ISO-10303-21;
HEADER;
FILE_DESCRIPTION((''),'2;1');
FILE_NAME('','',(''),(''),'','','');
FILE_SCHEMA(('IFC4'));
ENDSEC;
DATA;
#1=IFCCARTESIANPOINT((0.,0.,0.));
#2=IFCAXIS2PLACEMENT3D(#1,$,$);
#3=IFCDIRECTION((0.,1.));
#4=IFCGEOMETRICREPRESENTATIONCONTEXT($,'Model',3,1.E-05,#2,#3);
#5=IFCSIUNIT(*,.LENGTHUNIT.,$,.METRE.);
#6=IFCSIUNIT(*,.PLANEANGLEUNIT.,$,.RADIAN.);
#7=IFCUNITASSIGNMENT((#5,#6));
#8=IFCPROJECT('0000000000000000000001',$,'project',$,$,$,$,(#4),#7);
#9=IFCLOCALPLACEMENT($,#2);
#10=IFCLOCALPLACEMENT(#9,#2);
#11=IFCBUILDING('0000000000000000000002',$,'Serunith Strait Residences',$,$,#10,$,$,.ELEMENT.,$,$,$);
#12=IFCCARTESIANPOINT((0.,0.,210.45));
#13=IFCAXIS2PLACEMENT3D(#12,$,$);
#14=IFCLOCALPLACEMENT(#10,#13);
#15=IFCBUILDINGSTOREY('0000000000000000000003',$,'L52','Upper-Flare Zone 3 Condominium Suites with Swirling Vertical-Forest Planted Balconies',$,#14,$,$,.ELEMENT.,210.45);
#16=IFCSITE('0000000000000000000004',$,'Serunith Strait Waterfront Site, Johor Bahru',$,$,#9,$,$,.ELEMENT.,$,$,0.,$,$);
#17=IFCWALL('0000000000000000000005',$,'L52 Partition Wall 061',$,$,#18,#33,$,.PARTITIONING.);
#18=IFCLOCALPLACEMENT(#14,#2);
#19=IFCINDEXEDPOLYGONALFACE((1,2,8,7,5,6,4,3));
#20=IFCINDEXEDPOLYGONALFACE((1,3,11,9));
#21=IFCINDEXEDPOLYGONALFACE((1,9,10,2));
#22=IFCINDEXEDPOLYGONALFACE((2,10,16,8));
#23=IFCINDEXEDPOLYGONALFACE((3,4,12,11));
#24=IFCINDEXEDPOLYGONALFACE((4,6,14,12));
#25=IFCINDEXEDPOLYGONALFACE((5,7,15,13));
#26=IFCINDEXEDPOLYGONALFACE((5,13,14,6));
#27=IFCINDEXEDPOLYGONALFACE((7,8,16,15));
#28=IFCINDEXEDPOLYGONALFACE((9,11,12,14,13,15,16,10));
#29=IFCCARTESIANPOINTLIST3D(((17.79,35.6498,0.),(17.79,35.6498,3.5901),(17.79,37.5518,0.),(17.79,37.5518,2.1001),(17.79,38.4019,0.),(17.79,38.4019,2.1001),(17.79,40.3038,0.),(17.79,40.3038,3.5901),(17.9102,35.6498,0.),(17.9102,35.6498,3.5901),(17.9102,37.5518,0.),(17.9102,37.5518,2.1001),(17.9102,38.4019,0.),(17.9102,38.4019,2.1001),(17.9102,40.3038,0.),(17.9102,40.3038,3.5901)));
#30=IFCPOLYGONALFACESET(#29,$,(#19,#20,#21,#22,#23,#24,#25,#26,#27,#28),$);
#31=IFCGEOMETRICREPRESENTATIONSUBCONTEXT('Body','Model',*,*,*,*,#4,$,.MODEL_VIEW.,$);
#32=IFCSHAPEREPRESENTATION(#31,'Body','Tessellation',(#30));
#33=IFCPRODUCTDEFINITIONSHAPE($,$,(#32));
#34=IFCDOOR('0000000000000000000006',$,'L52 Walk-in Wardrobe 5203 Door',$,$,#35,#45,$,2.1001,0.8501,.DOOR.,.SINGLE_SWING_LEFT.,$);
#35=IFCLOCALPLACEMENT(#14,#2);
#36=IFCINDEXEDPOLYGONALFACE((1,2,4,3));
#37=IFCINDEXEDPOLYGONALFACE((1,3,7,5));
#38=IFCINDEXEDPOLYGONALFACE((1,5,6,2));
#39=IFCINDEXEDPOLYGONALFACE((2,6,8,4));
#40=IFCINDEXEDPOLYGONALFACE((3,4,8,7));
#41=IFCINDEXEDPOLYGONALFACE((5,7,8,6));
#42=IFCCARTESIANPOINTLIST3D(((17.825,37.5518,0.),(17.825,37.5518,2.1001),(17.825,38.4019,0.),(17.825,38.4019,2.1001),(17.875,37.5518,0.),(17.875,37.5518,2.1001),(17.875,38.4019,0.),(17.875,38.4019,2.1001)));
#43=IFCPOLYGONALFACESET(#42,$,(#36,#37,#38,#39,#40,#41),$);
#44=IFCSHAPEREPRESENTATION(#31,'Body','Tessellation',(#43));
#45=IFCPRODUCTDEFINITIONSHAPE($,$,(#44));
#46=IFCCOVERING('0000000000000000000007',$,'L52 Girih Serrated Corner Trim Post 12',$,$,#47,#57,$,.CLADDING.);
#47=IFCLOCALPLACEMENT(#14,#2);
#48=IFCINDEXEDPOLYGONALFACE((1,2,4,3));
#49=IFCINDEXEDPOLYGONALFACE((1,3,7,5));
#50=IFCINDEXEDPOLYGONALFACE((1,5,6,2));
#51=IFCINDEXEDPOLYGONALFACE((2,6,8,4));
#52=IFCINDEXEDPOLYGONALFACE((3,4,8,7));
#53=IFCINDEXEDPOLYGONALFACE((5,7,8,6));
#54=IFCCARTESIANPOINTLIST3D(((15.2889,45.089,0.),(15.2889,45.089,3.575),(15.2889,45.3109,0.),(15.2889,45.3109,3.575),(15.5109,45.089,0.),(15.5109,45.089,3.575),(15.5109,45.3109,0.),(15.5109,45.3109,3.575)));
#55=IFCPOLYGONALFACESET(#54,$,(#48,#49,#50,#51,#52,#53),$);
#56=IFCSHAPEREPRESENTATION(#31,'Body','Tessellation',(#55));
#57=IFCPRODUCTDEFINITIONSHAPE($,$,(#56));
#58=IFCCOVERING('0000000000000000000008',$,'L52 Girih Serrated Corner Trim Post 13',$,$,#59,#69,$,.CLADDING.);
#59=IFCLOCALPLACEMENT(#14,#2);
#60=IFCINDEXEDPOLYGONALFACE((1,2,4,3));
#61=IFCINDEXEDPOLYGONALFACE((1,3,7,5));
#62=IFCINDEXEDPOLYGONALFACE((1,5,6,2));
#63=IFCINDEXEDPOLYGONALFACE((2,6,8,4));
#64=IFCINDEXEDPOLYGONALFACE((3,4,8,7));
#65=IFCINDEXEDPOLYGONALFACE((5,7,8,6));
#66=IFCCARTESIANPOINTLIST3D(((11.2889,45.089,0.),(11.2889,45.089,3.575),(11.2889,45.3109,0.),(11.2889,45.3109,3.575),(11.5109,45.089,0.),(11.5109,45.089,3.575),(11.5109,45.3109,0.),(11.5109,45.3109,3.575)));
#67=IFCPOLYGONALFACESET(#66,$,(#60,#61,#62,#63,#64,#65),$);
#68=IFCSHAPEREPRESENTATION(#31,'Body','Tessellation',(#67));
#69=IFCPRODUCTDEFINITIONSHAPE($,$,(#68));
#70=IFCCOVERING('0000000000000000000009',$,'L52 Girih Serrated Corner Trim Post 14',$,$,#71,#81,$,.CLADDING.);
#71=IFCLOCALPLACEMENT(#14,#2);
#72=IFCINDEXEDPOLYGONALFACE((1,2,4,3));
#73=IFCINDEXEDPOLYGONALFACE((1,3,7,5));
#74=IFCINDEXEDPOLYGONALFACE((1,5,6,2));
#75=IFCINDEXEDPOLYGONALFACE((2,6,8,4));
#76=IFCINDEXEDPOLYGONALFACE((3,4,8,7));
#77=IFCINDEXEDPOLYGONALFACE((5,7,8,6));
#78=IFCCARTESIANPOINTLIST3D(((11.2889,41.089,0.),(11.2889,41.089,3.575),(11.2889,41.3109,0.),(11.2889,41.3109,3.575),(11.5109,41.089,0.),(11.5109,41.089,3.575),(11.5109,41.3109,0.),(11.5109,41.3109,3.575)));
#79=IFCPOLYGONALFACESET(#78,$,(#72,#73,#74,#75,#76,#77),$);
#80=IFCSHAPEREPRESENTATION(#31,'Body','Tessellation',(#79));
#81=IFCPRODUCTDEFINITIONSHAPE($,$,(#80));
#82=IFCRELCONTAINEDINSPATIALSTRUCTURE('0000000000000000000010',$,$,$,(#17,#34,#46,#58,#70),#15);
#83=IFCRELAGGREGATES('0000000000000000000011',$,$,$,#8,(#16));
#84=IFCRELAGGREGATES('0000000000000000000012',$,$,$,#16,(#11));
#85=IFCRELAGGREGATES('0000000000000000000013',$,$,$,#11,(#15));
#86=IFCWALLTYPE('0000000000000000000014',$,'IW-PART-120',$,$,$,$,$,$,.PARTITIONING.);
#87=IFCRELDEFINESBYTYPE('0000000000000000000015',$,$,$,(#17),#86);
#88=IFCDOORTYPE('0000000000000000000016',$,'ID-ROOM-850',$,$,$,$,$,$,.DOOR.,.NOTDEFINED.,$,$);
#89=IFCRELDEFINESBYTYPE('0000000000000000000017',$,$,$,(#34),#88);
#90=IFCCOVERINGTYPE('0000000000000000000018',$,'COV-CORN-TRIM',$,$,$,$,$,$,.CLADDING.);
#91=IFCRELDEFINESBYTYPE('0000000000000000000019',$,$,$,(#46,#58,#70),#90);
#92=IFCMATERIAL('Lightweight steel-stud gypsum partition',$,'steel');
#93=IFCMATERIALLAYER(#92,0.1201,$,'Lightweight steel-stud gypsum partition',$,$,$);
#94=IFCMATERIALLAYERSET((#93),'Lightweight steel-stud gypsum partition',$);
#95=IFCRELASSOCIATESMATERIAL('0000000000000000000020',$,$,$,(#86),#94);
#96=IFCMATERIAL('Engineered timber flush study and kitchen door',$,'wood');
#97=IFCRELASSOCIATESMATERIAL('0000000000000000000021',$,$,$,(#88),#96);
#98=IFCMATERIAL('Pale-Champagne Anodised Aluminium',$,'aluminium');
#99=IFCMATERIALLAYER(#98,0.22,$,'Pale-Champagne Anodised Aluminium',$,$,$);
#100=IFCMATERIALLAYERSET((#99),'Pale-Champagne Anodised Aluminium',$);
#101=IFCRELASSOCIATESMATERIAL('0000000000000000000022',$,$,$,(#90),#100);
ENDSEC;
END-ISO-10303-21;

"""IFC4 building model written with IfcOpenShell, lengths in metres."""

from ifc_helpers import new_model, si_unit, direction, frame, frame_2d, origin, origin_2d, place, context, subcontext, project, spatial, rectangle, extrude, source, transform, mapped, material, layer, layer_set, type_object, element, fill, save


model = new_model("IFC4")

# Units and contexts
model_context = context("Model", 3, precision=1e-05, world=origin(), true_north=direction((0.0, 1.0)))
body_context = subcontext(model_context, "Body", "Model", "MODEL_VIEW")
ifc_project = project(units=[si_unit("LENGTHUNIT", "METRE"), si_unit("PLANEANGLEUNIT", "RADIAN")], contexts=[model_context])

# Site, building, storey
site_placement = place(None, origin())
site = spatial("IfcSite", under=ifc_project, at=site_placement, Name="Serunith Strait Waterfront Site, Johor Bahru", CompositionType="ELEMENT", RefElevation=0.0)
building_placement = place(site_placement, origin())
building = spatial("IfcBuilding", under=site, at=building_placement, Name="Serunith Strait Residences", CompositionType="ELEMENT")
storey_placement = place(building_placement, frame((0.0, 0.0, 210.45)))
storey = spatial("IfcBuildingStorey", under=building, at=storey_placement, Name="L52", Description="Upper-Flare Zone 3 Condominium Suites with Swirling Vertical-Forest Planted Balconies", CompositionType="ELEMENT", Elevation=210.45)

# Shared definitions
ifc_material_1 = material(Name="Pale-Champagne Anodised Aluminium", Category="aluminium")

# Shared definitions
ifc_material_2 = material(Name="Lightweight steel-stud gypsum partition", Category="steel")
ifc_layer_1 = layer(ifc_material_2, 0.1201, Name="Lightweight steel-stud gypsum partition")
ifc_layer_set_1 = layer_set([ifc_layer_1], Name="Lightweight steel-stud gypsum partition")
wall_type_1 = type_object("IfcWallType", Name="IW-PART-120", PredefinedType="PARTITIONING", material=ifc_layer_set_1)

# Wall, opening, door
wall_1_placement = place(storey_placement, frame((17.8501, 40.304, 0.0), z_axis=(0.0, 0.0, 1.0), x_axis=(0.0, -1.0, 0.0)))
wall_1 = element("IfcWall", 1, at=wall_1_placement, inside=storey, type_object=wall_type_1, Name="L52 Partition Wall 061", PredefinedType="PARTITIONING", context=body_context, shape_type="SweptSolid", body=[
    extrude(rectangle(XDim=4.6541, YDim=0.1201, at=frame_2d((2.3271, 0.0))), origin(), (0.0, 0.0, 1.0), 3.5901),
])
opening_1_placement = place(wall_1_placement, frame((1.9021, 0.0, 0.0)))
opening_1 = element("IfcOpeningElement", 2, at=opening_1_placement, cuts=wall_1, PredefinedType="OPENING", context=body_context, shape_type="SweptSolid", body=[
    extrude(rectangle(XDim=0.8501, YDim=2.1001, at=frame_2d((0.425, 1.05))), frame((0.0, 0.0701, 0.0), z_axis=(0.0, -1.0, 0.0), x_axis=(1.0, 0.0, 0.0)), (0.0, 0.0, 1.0), 0.1401),
])
ifc_material_3 = material(Name="Engineered timber flush study and kitchen door", Category="wood")
door_type_1 = type_object("IfcDoorType", Name="ID-ROOM-850", OperationType="NOTDEFINED", PredefinedType="DOOR", material=ifc_material_3)
shared_shape_1 = source(origin(), body_context, "Body", "SweptSolid", [
    extrude(rectangle(XDim=0.8501, YDim=2.1001, at=frame_2d((0.425, 1.05))), frame((0.0, 0.0249, 0.0), z_axis=(0.0, -1.0, 0.0), x_axis=(1.0, 0.0, 0.0)), (0.0, 0.0, 1.0), 0.05),
])
door_1_placement = place(opening_1_placement, origin())
door_1 = element("IfcDoor", 3, at=door_1_placement, inside=storey, type_object=door_type_1, Name="L52 Walk-in Wardrobe 5203 Door", OperationType="SINGLE_SWING_LEFT", OverallHeight=2.1001, OverallWidth=0.8501, PredefinedType="DOOR", context=body_context, shape_type="MappedRepresentation", body=[
    mapped(shared_shape_1, transform((0.0, 0.0, 0.0), scale=1.0)),
])
fill(opening_1, door_1)

# Coverings
ifc_layer_2 = layer(ifc_material_1, 0.22, Name="Pale-Champagne Anodised Aluminium")
ifc_layer_set_2 = layer_set([ifc_layer_2], Name="Pale-Champagne Anodised Aluminium")
covering_type = type_object("IfcCoveringType", Name="COV-CORN-TRIM", PredefinedType="CLADDING", material=ifc_layer_set_2)
shared_shape_2 = source(origin(), body_context, "Body", "SweptSolid", [
    extrude(rectangle(XDim=0.2219, YDim=0.2219, at=origin_2d()), origin(), (0.0, 0.0, 1.0), 3.575),
])
for number, where, z_axis, x_axis, name in (
    (4, (15.3999, 45.2, 0.0), (0.0, 0.0, 1.0), (1.0, 0.0, 0.0), "L52 Girih Serrated Corner Trim Post 12"),
    (5, (11.3999, 45.2, 0.0), (0.0, 0.0, 1.0), (1.0, 0.0, 0.0), "L52 Girih Serrated Corner Trim Post 13"),
    (6, (11.3999, 41.2, 0.0), (0.0, 0.0, 1.0), (1.0, 0.0, 0.0), "L52 Girih Serrated Corner Trim Post 14"),
):
    element("IfcCovering", number, at=place(storey_placement, frame(where, z_axis=z_axis, x_axis=x_axis)), inside=storey, type_object=covering_type, Name=name, PredefinedType="CLADDING", context=body_context, shape_type="MappedRepresentation", body=[
        mapped(shared_shape_2, transform((0.0, 0.0, 0.0), scale=1.0)),
    ])

save(model, "model.ifc")
